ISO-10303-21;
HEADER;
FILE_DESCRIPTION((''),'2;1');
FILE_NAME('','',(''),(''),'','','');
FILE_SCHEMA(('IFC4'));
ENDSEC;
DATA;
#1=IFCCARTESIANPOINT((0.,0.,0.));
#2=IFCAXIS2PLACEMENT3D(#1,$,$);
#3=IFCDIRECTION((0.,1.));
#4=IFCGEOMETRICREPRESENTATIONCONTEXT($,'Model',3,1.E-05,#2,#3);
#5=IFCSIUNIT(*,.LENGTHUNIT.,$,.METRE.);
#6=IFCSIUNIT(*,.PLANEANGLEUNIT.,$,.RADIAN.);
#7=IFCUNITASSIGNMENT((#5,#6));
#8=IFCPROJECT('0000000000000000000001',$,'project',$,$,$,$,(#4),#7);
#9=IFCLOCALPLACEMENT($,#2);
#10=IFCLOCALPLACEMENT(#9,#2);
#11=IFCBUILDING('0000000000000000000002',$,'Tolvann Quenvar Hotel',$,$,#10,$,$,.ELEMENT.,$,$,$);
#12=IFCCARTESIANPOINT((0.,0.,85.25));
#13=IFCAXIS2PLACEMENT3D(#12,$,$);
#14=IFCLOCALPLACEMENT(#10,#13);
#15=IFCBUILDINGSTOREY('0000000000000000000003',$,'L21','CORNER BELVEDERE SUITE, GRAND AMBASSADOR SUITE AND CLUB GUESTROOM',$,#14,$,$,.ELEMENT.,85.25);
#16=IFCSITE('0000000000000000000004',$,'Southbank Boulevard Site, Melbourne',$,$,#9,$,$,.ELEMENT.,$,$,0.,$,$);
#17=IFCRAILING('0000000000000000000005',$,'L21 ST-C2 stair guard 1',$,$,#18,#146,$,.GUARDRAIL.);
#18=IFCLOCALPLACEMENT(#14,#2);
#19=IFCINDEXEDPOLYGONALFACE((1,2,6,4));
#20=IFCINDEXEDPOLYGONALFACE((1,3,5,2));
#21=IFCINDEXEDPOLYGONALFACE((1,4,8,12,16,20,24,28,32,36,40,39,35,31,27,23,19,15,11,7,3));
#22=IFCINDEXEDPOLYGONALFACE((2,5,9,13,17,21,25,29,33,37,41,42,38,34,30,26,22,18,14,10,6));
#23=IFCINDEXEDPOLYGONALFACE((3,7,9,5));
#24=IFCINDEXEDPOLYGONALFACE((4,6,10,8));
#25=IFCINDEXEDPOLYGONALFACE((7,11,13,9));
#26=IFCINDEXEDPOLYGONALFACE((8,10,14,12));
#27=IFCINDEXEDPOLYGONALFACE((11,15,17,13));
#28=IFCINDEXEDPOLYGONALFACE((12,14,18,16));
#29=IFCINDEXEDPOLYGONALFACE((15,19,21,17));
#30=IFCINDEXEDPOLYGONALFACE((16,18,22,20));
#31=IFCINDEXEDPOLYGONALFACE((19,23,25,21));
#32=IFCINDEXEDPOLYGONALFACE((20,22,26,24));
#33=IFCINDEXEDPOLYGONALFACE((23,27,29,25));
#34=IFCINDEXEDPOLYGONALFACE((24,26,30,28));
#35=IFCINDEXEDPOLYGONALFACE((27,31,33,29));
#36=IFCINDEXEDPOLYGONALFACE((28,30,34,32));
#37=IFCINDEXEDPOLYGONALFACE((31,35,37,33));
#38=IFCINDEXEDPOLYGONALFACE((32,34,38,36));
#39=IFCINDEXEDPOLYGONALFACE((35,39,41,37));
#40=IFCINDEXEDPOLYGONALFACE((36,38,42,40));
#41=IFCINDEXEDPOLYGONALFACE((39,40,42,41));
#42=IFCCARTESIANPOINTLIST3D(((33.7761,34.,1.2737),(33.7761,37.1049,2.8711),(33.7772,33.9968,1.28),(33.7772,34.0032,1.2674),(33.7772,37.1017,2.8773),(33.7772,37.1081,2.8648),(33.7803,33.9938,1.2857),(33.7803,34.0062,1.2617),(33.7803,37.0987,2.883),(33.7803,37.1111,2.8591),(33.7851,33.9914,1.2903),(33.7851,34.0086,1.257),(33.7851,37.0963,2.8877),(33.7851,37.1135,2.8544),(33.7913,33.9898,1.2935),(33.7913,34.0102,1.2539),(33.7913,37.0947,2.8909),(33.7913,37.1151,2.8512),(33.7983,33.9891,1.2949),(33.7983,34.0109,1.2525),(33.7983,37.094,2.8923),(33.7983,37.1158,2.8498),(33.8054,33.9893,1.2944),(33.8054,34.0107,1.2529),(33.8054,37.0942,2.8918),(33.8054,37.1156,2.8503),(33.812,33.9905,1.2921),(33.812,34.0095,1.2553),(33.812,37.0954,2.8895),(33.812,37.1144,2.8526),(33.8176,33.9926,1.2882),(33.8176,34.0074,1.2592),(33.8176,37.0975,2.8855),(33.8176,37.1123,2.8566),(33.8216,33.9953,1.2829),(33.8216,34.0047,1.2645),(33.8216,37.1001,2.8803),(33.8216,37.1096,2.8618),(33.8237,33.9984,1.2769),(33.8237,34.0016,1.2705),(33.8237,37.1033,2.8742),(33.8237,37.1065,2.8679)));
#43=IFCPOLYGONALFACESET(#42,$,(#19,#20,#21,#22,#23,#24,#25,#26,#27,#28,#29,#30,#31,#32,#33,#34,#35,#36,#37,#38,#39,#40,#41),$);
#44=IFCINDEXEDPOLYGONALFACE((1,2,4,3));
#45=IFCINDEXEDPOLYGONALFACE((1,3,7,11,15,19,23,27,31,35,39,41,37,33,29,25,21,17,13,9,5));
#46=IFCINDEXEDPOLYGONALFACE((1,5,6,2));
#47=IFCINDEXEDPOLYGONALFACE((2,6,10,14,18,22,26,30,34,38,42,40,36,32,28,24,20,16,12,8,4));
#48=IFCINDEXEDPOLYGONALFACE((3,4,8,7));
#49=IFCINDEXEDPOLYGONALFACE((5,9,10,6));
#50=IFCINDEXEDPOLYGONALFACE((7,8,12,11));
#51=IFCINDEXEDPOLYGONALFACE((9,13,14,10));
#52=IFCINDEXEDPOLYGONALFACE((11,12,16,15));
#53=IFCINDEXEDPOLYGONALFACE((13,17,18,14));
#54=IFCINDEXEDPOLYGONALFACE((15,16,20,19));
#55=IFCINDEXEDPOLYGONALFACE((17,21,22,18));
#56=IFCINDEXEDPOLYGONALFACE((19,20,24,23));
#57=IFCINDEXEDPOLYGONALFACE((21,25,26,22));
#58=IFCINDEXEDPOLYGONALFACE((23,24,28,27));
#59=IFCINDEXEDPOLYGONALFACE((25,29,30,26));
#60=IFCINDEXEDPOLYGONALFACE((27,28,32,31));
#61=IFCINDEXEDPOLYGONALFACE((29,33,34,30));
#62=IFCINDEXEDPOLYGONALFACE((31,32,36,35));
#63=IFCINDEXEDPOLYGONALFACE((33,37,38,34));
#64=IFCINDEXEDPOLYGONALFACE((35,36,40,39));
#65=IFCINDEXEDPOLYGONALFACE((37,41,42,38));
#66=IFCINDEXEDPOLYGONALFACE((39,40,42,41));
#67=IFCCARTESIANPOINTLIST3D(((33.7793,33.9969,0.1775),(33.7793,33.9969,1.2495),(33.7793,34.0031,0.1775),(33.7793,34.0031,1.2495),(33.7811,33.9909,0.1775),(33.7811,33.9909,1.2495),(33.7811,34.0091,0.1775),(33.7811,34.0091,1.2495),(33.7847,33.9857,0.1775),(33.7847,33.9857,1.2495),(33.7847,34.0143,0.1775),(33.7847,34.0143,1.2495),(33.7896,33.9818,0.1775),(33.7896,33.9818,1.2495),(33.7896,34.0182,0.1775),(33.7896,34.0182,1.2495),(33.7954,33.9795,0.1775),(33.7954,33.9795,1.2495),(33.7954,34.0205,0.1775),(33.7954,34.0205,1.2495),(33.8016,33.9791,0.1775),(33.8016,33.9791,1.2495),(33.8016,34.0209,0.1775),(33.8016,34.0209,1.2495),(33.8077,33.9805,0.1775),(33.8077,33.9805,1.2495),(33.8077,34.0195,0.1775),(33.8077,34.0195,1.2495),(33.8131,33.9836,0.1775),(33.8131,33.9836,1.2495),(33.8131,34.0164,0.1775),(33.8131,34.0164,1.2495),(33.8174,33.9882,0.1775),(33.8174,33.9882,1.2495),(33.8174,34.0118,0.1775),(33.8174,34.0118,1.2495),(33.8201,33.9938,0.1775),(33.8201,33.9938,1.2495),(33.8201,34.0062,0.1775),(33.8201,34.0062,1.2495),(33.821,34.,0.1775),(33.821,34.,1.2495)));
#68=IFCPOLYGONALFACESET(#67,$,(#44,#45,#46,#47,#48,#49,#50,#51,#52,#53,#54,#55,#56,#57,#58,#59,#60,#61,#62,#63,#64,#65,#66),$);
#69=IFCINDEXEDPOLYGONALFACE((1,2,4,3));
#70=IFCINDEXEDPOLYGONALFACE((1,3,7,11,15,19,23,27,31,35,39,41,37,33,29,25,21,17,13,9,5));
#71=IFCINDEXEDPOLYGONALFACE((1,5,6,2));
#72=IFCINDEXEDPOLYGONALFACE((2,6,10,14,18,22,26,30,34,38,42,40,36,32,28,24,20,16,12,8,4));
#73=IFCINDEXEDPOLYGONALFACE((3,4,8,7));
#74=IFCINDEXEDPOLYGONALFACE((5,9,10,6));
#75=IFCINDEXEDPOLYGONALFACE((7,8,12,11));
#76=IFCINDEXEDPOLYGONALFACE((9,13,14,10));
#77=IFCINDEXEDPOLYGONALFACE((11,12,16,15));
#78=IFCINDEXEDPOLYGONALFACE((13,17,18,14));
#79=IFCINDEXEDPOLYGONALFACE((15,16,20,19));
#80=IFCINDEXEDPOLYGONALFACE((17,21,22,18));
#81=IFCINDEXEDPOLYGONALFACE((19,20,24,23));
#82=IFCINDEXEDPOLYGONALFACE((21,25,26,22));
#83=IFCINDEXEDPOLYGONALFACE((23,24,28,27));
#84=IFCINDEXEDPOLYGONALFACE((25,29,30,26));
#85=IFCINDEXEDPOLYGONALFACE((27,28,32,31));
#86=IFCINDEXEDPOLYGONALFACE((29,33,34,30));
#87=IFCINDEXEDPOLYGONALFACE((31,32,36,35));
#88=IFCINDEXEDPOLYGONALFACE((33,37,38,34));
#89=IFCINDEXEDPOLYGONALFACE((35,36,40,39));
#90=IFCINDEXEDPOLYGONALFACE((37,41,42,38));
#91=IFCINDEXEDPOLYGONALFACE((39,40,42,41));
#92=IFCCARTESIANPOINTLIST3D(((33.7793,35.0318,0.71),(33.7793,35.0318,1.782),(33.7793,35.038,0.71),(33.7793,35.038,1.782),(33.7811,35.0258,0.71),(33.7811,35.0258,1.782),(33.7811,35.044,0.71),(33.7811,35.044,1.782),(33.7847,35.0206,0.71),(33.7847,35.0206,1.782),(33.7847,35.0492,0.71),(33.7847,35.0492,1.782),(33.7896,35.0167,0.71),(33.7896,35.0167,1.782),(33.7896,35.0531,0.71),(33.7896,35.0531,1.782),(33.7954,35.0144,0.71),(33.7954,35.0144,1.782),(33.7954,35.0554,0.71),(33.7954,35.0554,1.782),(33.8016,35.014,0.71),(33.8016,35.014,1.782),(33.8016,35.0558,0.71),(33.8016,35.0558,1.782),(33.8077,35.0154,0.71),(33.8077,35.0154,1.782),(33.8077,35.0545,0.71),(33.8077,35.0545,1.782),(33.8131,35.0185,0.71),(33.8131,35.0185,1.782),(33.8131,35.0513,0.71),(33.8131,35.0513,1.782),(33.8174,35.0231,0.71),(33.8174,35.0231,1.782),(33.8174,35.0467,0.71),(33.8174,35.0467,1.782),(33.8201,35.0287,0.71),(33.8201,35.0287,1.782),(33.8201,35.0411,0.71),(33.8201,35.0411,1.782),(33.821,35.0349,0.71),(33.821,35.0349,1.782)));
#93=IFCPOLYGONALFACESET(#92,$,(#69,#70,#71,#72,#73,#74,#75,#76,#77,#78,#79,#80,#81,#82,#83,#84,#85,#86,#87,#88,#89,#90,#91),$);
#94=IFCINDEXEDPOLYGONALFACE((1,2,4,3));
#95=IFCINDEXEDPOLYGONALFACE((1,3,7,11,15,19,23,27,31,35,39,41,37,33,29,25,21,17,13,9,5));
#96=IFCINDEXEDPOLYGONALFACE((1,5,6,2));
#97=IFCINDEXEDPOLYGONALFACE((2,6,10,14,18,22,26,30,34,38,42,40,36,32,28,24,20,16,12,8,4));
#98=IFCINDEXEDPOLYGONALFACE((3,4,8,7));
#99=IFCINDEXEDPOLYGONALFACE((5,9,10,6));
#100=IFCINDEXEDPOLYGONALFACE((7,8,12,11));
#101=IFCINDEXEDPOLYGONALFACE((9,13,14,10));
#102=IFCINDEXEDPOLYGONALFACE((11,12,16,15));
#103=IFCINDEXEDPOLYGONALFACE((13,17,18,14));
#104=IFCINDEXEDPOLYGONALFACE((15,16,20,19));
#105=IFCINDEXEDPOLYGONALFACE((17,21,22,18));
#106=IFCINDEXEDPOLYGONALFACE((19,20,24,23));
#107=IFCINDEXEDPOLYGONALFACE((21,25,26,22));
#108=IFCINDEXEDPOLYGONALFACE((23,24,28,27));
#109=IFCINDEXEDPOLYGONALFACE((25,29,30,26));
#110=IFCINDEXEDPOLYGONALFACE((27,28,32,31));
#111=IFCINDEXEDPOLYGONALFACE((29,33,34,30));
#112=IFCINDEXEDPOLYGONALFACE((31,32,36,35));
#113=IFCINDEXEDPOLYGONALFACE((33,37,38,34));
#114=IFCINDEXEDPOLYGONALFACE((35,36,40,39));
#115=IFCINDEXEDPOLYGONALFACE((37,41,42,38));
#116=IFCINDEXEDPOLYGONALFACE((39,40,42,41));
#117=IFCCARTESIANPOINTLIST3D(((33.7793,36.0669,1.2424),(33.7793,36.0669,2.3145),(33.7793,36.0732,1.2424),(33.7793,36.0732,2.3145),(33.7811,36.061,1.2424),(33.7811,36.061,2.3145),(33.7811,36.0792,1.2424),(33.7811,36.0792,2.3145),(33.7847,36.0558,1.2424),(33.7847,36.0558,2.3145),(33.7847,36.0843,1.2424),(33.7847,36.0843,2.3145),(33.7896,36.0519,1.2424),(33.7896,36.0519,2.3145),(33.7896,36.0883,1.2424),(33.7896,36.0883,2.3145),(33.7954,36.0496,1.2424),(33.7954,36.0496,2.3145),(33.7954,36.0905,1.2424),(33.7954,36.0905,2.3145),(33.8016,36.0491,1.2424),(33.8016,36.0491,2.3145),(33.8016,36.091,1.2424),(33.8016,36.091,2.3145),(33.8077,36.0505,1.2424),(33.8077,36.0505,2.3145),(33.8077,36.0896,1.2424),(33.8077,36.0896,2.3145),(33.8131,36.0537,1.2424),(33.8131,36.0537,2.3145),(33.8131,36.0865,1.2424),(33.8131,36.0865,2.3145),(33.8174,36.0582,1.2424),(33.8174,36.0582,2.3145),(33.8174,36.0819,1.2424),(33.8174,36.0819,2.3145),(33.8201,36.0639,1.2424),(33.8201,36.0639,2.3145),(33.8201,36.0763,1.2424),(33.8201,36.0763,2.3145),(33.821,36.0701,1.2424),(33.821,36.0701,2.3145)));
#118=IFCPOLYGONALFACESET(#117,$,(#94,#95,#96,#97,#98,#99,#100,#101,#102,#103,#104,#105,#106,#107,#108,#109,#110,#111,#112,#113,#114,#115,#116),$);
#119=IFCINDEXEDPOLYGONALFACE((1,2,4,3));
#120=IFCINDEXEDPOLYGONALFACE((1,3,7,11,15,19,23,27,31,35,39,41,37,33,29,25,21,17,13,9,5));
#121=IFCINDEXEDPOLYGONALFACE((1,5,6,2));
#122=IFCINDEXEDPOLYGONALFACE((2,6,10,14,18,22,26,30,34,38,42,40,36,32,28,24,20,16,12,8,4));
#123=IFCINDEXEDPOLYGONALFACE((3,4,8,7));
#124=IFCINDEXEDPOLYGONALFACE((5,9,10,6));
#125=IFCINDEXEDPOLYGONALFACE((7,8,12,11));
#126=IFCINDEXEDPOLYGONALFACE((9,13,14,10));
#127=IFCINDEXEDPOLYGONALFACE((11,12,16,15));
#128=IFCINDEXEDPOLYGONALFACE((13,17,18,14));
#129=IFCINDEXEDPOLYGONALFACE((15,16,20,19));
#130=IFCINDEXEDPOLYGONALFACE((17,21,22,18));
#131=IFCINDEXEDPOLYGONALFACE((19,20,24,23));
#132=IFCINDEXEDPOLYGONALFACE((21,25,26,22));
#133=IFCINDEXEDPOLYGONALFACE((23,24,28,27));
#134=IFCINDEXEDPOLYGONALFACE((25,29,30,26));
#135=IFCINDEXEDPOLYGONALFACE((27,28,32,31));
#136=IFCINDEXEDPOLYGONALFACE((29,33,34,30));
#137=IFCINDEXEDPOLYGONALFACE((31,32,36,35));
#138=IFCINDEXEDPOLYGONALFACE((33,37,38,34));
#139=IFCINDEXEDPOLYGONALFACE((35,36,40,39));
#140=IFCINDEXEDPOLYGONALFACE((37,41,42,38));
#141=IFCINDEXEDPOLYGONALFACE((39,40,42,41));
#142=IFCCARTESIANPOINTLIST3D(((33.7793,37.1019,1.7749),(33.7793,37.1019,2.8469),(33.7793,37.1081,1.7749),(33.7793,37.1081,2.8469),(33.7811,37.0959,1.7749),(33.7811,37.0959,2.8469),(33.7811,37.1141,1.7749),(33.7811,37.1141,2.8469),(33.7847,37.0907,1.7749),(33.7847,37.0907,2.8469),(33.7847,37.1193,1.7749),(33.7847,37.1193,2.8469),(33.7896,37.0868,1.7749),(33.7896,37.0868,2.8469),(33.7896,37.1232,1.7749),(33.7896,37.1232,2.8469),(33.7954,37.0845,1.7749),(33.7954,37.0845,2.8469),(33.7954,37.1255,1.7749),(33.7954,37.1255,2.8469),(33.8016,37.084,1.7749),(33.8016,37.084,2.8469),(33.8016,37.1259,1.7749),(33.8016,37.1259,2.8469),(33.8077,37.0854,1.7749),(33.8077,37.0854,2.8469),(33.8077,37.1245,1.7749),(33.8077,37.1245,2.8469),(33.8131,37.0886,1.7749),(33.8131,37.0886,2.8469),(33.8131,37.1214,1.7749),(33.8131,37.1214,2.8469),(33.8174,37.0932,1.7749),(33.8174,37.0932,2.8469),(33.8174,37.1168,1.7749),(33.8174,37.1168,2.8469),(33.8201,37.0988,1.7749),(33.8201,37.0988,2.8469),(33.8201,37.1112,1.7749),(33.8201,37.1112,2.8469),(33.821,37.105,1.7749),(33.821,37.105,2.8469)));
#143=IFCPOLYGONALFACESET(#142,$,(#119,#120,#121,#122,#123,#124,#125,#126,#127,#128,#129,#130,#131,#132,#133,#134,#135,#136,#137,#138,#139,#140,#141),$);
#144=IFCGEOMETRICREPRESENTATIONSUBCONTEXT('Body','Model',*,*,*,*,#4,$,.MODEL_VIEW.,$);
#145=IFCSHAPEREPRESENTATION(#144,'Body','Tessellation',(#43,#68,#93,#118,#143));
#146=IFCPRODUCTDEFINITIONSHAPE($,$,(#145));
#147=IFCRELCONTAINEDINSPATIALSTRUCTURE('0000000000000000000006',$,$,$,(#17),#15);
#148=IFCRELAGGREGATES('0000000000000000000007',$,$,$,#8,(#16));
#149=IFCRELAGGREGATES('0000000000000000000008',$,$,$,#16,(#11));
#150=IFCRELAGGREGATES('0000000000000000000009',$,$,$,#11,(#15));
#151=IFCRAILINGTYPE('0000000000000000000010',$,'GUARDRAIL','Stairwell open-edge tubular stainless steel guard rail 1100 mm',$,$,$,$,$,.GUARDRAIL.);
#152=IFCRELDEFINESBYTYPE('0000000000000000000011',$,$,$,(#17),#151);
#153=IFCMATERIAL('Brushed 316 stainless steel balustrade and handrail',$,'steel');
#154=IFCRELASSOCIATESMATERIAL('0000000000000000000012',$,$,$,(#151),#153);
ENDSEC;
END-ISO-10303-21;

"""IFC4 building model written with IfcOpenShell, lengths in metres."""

from ifc_helpers import new_model, si_unit, direction, frame, origin, origin_2d, place, context, subcontext, project, spatial, circle, extrude, material, type_object, element, save


model = new_model("IFC4")

# Units and contexts
model_context = context("Model", 3, precision=1e-05, world=origin(), true_north=direction((0.0, 1.0)))
body_context = subcontext(model_context, "Body", "Model", "MODEL_VIEW")
ifc_project = project(units=[si_unit("LENGTHUNIT", "METRE"), si_unit("PLANEANGLEUNIT", "RADIAN")], contexts=[model_context])

# Site, building, storey
site_placement = place(None, origin())
site = spatial("IfcSite", under=ifc_project, at=site_placement, Name="Southbank Boulevard Site, Melbourne", CompositionType="ELEMENT", RefElevation=0.0)
building_placement = place(site_placement, origin())
building = spatial("IfcBuilding", under=site, at=building_placement, Name="Tolvann Quenvar Hotel", CompositionType="ELEMENT")
storey_placement = place(building_placement, frame((0.0, 0.0, 85.25)))
storey = spatial("IfcBuildingStorey", under=building, at=storey_placement, Name="L21", Description="CORNER BELVEDERE SUITE, GRAND AMBASSADOR SUITE AND CLUB GUESTROOM", CompositionType="ELEMENT", Elevation=85.25)

# Railing
ifc_material_1 = material(Name="Brushed 316 stainless steel balustrade and handrail", Category="steel")
railing_type_1 = type_object("IfcRailingType", Name="GUARDRAIL", Description="Stairwell open-edge tubular stainless steel guard rail 1100 mm", PredefinedType="GUARDRAIL", material=ifc_material_1)
railing_1_placement = place(storey_placement, frame((33.8, 34.0, 0.1775)))
element("IfcRailing", 1, at=railing_1_placement, inside=storey, type_object=railing_type_1, Name="L21 ST-C2 stair guard 1", PredefinedType="GUARDRAIL", context=body_context, shape_type="SweptSolid", body=[
    extrude(circle(Radius=0.0239, at=origin_2d()), frame((0.0, 0.0, 1.0962), z_axis=(0.0, 0.889222, 0.457476), x_axis=(-1.0, 0.0, 0.0)), (0.0, 0.0, 1.0), 3.4917),
    extrude(circle(Radius=0.021, at=origin_2d()), origin(), (0.0, 0.0, 1.0), 1.072),
    extrude(circle(Radius=0.021, at=origin_2d()), frame((0.0, 1.0349, 0.5325)), (0.0, 0.0, 1.0), 1.072),
    extrude(circle(Radius=0.021, at=origin_2d()), frame((0.0, 2.0701, 1.0649)), (0.0, 0.0, 1.0), 1.072),
    extrude(circle(Radius=0.021, at=origin_2d()), frame((0.0, 3.105, 1.5974)), (0.0, 0.0, 1.0), 1.072),
])

save(model, "model.ifc")
